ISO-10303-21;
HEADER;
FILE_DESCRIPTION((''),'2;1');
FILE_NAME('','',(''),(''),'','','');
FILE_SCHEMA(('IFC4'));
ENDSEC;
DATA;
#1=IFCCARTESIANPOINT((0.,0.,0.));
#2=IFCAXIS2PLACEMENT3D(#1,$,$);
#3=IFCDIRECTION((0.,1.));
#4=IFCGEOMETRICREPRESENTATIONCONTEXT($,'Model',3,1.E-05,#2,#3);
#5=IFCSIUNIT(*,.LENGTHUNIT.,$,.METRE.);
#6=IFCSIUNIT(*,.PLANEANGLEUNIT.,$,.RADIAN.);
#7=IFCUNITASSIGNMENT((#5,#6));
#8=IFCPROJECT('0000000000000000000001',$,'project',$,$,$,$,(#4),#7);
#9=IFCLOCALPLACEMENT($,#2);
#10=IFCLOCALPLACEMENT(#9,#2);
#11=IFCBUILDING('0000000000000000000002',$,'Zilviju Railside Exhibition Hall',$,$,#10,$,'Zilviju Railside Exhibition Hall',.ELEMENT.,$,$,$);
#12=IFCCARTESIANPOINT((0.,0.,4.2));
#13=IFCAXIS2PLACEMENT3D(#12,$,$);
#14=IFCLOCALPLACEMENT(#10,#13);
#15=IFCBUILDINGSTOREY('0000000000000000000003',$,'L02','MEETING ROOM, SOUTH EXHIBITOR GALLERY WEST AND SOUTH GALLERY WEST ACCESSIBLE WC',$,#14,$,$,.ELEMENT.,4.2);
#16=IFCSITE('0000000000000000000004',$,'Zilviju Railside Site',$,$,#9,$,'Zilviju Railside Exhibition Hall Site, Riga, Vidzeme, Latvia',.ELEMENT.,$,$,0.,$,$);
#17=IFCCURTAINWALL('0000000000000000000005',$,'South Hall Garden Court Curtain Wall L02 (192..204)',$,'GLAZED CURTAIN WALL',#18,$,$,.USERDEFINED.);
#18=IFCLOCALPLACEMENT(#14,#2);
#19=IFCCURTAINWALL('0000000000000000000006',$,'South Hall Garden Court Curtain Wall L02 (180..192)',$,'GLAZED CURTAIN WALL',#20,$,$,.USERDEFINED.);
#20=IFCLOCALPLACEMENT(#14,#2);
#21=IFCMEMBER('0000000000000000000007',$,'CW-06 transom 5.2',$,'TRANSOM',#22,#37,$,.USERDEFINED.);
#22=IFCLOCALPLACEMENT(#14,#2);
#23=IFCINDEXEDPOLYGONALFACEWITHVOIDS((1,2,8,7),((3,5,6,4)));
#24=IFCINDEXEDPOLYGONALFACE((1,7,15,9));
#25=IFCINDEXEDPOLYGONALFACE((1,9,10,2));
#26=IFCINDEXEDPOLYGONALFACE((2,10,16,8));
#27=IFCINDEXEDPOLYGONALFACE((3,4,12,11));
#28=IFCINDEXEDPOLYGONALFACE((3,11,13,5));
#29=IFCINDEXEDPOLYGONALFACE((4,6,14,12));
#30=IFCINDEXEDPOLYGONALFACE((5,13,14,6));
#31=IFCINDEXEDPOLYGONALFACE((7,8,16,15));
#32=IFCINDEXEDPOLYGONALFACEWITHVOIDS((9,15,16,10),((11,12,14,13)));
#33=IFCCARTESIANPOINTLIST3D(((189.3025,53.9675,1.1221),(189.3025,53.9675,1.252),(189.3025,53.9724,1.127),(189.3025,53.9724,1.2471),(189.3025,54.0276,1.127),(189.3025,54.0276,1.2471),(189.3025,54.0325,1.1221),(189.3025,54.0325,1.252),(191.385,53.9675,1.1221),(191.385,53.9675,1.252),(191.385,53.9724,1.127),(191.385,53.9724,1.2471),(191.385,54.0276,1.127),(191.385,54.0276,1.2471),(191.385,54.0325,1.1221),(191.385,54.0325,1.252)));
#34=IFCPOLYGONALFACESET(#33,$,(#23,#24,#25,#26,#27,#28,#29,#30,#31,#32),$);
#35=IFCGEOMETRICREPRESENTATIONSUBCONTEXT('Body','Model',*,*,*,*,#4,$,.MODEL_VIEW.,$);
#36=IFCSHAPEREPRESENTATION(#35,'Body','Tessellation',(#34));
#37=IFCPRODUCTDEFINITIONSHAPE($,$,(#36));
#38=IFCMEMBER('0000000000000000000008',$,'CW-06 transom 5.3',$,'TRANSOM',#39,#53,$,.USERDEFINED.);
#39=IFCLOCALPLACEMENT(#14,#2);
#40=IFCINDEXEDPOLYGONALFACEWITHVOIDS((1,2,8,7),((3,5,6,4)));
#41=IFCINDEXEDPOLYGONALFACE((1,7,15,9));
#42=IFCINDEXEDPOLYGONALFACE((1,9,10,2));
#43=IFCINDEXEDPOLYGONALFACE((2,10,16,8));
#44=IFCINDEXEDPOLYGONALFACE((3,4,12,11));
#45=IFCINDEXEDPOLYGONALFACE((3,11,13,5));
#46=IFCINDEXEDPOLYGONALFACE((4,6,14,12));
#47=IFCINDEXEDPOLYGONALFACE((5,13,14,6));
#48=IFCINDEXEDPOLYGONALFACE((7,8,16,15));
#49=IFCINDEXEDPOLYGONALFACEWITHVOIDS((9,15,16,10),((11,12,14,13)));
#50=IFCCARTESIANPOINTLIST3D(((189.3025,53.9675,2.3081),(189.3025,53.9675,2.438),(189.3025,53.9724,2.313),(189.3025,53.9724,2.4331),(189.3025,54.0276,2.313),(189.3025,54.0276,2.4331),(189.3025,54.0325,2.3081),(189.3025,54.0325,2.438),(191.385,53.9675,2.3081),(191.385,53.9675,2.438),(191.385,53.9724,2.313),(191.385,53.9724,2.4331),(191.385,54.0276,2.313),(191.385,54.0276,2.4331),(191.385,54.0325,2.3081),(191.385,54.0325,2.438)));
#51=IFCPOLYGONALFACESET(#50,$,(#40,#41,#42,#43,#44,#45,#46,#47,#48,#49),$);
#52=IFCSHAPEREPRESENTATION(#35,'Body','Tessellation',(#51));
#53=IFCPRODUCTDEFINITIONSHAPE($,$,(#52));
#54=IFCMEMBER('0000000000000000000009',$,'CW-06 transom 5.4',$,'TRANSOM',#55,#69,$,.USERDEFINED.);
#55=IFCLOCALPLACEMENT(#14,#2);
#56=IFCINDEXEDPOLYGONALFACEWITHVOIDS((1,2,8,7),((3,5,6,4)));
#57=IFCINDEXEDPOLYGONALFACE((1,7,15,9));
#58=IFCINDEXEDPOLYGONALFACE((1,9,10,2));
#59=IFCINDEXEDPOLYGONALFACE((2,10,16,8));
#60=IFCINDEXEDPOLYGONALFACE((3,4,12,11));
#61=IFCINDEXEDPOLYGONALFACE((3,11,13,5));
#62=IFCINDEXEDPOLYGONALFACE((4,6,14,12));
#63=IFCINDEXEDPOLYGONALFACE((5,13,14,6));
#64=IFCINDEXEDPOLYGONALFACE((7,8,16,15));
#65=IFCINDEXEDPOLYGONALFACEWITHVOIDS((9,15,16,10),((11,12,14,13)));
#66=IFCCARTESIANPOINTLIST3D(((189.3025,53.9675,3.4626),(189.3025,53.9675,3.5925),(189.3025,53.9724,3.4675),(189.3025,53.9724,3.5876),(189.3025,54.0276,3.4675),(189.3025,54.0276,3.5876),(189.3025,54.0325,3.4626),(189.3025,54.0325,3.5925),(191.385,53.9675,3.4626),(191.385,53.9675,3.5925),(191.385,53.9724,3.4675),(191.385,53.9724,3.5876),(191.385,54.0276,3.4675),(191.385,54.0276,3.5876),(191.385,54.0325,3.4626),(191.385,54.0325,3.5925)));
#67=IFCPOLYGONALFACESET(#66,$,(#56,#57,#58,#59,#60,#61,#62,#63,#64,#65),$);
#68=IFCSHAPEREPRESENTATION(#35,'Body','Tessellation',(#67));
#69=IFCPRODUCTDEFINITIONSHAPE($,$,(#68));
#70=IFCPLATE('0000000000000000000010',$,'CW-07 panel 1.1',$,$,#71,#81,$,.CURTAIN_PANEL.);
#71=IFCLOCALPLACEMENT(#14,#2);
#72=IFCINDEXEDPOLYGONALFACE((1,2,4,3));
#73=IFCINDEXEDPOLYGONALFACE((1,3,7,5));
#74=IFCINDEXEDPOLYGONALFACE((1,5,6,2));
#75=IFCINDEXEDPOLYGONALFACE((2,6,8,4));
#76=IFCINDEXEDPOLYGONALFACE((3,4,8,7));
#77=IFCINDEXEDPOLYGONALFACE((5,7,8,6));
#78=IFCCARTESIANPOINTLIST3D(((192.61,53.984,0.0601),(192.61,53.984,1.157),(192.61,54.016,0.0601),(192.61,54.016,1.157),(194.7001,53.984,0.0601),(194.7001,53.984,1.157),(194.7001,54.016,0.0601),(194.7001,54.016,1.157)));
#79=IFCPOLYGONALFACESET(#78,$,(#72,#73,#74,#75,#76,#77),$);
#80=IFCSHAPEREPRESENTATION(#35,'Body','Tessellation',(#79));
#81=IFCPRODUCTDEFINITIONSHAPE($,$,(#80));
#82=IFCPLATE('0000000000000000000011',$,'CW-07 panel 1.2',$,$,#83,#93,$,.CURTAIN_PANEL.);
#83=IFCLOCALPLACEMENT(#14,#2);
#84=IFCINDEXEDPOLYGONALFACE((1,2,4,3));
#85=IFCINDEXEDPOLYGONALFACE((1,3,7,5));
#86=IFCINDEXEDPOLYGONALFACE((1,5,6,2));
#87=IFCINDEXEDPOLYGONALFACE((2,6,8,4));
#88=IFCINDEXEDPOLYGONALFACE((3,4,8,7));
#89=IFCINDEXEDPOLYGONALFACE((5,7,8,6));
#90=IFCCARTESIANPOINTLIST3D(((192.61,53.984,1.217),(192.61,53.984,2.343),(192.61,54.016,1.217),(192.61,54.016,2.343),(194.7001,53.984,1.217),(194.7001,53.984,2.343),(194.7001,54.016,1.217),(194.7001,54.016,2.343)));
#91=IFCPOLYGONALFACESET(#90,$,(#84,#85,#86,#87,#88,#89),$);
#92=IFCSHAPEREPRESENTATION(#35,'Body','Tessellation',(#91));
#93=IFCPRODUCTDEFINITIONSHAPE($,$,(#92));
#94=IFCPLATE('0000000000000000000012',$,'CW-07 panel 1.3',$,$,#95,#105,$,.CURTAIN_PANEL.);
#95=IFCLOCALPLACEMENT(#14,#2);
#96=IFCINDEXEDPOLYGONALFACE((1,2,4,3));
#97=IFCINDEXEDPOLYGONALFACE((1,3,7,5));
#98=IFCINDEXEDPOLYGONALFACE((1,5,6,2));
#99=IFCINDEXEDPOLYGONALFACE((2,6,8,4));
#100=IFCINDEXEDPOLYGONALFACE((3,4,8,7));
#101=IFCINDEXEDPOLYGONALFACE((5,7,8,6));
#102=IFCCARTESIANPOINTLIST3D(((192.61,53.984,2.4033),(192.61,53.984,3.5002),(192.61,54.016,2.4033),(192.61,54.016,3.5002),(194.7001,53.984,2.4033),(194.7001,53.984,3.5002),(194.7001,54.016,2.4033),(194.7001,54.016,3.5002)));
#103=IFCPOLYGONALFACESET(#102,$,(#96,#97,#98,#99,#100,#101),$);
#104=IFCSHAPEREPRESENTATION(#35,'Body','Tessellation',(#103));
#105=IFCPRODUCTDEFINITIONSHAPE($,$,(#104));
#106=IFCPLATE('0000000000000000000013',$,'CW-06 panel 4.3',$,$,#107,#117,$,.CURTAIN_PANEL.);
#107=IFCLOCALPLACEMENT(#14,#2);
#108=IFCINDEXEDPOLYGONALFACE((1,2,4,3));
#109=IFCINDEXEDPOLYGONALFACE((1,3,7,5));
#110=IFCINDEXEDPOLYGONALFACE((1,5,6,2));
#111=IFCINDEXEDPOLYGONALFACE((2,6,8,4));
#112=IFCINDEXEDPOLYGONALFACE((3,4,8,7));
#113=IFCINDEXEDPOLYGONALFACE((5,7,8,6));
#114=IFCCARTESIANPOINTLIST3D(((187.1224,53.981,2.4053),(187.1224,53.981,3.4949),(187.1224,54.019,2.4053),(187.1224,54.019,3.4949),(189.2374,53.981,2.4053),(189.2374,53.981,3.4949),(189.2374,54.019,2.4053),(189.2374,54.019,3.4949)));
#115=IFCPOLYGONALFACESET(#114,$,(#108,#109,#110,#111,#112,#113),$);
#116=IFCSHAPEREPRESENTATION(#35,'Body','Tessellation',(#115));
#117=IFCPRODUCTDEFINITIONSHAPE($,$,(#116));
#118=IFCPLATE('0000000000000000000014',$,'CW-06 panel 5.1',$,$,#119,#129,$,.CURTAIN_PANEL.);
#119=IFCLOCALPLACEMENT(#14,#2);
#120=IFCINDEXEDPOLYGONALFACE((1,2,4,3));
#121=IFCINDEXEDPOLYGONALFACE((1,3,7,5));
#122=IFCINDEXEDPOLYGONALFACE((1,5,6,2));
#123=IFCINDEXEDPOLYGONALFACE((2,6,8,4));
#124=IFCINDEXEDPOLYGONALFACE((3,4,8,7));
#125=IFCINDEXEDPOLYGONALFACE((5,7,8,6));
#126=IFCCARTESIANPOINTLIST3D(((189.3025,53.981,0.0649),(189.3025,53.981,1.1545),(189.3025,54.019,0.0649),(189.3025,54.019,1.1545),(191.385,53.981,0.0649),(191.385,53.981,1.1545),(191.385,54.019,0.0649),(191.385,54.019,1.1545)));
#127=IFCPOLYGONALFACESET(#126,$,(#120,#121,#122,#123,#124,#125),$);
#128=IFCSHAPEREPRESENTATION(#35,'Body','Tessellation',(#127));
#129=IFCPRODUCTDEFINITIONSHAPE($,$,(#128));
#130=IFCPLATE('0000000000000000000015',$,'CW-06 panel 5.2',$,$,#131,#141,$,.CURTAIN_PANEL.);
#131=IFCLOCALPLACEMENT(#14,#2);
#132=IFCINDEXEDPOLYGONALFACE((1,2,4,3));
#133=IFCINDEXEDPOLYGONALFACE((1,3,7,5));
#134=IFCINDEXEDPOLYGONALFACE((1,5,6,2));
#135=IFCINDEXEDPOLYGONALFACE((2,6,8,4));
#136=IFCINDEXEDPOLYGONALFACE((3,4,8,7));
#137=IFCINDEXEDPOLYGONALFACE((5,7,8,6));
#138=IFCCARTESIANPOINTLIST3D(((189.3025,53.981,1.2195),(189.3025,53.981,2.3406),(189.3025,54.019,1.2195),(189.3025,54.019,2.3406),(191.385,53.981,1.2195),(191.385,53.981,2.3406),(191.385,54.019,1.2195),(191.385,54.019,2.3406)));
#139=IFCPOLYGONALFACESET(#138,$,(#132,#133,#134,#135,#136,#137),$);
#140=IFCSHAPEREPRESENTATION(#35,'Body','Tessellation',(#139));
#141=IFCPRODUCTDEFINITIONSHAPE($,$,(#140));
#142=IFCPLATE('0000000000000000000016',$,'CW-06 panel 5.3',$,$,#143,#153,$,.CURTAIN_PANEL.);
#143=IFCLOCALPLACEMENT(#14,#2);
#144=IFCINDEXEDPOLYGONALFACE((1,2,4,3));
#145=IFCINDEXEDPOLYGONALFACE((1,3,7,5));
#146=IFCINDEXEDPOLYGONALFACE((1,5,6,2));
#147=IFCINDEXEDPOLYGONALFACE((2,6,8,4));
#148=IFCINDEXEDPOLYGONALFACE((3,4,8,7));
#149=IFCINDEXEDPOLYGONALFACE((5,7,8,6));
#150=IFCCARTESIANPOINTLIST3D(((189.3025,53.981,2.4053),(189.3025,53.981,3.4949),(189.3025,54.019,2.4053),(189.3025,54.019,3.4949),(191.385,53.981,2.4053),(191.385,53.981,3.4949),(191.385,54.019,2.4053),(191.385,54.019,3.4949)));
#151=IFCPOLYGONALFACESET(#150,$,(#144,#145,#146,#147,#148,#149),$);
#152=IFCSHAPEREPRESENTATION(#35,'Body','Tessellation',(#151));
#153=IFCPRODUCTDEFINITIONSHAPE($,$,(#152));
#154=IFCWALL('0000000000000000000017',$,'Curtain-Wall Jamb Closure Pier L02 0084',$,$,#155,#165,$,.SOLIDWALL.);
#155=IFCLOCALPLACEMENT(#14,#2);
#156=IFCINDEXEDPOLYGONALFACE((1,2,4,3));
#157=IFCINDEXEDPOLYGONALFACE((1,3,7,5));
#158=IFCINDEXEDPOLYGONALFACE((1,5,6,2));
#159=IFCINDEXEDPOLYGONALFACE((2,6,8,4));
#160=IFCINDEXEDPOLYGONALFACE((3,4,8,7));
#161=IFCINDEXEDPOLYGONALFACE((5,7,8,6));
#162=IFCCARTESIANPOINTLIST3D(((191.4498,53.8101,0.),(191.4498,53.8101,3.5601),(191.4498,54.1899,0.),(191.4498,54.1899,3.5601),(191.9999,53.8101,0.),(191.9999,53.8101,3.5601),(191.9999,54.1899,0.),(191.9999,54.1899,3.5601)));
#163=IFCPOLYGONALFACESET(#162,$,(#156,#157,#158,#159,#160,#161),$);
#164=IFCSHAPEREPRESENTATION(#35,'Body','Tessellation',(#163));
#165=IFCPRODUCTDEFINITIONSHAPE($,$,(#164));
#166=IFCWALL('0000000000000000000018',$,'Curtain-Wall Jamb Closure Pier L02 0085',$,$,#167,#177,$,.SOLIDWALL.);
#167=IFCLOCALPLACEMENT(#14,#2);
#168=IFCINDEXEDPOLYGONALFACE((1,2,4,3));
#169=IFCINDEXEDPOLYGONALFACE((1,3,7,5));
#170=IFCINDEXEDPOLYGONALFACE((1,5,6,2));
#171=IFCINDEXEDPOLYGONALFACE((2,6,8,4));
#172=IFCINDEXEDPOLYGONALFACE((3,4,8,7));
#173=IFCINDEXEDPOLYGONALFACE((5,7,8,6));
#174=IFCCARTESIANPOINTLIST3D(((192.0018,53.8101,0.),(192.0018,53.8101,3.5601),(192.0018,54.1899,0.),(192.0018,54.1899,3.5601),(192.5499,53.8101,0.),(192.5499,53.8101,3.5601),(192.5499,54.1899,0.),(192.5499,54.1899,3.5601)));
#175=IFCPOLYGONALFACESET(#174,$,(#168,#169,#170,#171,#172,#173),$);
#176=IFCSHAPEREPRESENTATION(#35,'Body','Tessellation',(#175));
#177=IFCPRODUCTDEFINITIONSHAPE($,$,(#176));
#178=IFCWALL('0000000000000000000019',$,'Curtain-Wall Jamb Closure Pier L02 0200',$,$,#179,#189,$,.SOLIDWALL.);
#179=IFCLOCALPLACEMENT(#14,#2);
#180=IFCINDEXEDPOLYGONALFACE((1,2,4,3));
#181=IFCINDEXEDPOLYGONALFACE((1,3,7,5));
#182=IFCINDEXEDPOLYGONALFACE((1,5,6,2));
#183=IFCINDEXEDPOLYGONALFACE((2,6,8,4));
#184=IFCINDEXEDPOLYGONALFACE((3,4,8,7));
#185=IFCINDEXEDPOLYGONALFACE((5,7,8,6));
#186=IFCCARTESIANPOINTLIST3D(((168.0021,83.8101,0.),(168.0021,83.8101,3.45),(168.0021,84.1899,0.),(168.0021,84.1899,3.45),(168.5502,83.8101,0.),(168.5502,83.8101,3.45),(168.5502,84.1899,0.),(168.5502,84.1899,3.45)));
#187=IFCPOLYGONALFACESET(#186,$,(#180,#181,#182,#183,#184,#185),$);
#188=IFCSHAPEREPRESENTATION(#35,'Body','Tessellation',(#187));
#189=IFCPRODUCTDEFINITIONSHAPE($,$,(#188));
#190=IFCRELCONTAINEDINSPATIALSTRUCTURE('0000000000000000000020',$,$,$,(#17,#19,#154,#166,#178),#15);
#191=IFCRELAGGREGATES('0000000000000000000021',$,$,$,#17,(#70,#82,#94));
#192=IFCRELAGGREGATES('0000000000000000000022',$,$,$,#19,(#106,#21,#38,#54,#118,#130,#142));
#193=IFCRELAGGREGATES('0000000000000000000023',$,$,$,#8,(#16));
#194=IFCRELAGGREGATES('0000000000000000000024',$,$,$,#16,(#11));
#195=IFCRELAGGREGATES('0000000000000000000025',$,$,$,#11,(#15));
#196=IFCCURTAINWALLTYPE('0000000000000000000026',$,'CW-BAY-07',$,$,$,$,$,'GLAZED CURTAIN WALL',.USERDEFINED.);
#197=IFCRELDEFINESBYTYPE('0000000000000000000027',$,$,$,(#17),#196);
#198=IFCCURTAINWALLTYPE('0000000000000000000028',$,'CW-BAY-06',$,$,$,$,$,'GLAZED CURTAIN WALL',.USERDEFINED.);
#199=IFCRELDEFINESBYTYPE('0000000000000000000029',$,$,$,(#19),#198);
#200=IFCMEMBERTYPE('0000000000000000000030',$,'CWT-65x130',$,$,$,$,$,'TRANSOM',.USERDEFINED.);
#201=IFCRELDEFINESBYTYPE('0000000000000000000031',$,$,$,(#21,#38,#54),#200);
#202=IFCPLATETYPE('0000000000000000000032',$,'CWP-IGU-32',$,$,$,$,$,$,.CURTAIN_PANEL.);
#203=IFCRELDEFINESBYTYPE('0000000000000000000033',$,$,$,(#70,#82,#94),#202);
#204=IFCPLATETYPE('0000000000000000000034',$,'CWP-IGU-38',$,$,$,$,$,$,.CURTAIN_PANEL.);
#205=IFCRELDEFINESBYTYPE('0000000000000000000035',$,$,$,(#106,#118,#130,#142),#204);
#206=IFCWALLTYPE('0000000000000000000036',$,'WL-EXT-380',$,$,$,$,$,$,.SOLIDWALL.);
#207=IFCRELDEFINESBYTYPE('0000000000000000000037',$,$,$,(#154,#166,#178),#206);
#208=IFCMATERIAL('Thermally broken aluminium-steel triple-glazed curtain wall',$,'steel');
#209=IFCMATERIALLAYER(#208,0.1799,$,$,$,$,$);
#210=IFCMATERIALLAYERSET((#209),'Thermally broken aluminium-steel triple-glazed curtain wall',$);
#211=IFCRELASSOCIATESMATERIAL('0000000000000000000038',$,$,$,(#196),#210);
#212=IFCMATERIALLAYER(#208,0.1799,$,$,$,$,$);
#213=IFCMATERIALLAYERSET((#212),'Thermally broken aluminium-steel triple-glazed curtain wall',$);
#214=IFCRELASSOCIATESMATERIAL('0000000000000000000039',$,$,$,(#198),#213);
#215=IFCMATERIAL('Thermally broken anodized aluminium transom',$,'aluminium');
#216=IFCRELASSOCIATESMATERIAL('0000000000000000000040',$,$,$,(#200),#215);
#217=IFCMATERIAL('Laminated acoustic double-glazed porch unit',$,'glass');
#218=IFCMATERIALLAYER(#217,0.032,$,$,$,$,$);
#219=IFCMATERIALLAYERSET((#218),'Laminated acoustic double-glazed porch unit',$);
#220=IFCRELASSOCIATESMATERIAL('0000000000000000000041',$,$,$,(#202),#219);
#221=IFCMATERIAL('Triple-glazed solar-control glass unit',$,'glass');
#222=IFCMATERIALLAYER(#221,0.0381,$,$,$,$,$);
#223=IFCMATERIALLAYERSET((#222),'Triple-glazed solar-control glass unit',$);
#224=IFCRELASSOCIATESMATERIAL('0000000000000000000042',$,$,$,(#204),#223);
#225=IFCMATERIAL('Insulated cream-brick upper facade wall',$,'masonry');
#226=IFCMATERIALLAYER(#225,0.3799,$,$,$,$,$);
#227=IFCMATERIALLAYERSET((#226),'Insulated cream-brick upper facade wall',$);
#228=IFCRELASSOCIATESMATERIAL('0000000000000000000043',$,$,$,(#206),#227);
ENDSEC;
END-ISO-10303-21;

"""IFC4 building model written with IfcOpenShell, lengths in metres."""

from ifc_helpers import new_model, si_unit, direction, frame, frame_2d, origin, origin_2d, place, context, subcontext, project, spatial, rectangle, hollow_rectangle, extrude, material, layer, layer_set, material_profile, profile_set, type_object, element, aggregate, save


model = new_model("IFC4")

# Units and contexts
model_context = context("Model", 3, precision=1e-05, world=origin(), true_north=direction((0.0, 1.0)))
body_context = subcontext(model_context, "Body", "Model", "MODEL_VIEW")
ifc_project = project(units=[si_unit("LENGTHUNIT", "METRE"), si_unit("PLANEANGLEUNIT", "RADIAN")], contexts=[model_context])

# Site, building, storey
site_placement = place(None, origin())
site = spatial("IfcSite", under=ifc_project, at=site_placement, Name="Zilviju Railside Site", LongName="Zilviju Railside Exhibition Hall Site, Riga, Vidzeme, Latvia", CompositionType="ELEMENT", RefElevation=0.0)
building_placement = place(site_placement, origin())
building = spatial("IfcBuilding", under=site, at=building_placement, Name="Zilviju Railside Exhibition Hall", LongName="Zilviju Railside Exhibition Hall", CompositionType="ELEMENT")
storey_placement = place(building_placement, frame((0.0, 0.0, 4.2)))
storey = spatial("IfcBuildingStorey", under=building, at=storey_placement, Name="L02", Description="MEETING ROOM, SOUTH EXHIBITOR GALLERY WEST AND SOUTH GALLERY WEST ACCESSIBLE WC", CompositionType="ELEMENT", Elevation=4.2)

# Curtain wall
ifc_material_1 = material(Name="Thermally broken aluminium-steel triple-glazed curtain wall", Category="steel")
ifc_layer_1 = layer(ifc_material_1, 0.1799)
ifc_layer_set_1 = layer_set([ifc_layer_1], Name="Thermally broken aluminium-steel triple-glazed curtain wall")
curtain_wall_type_1 = type_object("IfcCurtainWallType", Name="CW-BAY-07", ElementType="GLAZED CURTAIN WALL", PredefinedType="USERDEFINED", material=ifc_layer_set_1)
curtain_wall_1_placement = place(storey_placement, origin())
curtain_wall_1 = element("IfcCurtainWall", 1, at=curtain_wall_1_placement, inside=storey, type_object=curtain_wall_type_1, Name="South Hall Garden Court Curtain Wall L02 (192..204)", ObjectType="GLAZED CURTAIN WALL", PredefinedType="USERDEFINED")

# Curtain wall
ifc_layer_2 = layer(ifc_material_1, 0.1799)
ifc_layer_set_2 = layer_set([ifc_layer_2], Name="Thermally broken aluminium-steel triple-glazed curtain wall")
curtain_wall_type_2 = type_object("IfcCurtainWallType", Name="CW-BAY-06", ElementType="GLAZED CURTAIN WALL", PredefinedType="USERDEFINED", material=ifc_layer_set_2)
curtain_wall_2_placement = place(storey_placement, origin())
curtain_wall_2 = element("IfcCurtainWall", 2, at=curtain_wall_2_placement, inside=storey, type_object=curtain_wall_type_2, Name="South Hall Garden Court Curtain Wall L02 (180..192)", ObjectType="GLAZED CURTAIN WALL", PredefinedType="USERDEFINED")

# Members
ifc_material_2 = material(Name="Thermally broken anodized aluminium transom", Category="aluminium")
ifc_material_profile_1 = material_profile(ifc_material_2, hollow_rectangle(XDim=0.0649, YDim=0.1299, WallThickness=0.0049, at=origin_2d()), Name="TRANSOM 130x65x5")
ifc_profile_set_1 = profile_set([ifc_material_profile_1], Name="Thermally broken anodized aluminium transom")
member_type_1 = type_object("IfcMemberType", Name="CWT-65x130", ElementType="TRANSOM", PredefinedType="USERDEFINED", material=ifc_profile_set_1)
member_1_placement = place(storey_placement, frame((189.3025, 54.0, 1.187), z_axis=(1.0, 0.0, 0.0), x_axis=(0.0, 1.0, 0.0)))
member_1 = element("IfcMember", 3, at=member_1_placement, type_object=member_type_1, Name="CW-06 transom 5.2", ObjectType="TRANSOM", PredefinedType="USERDEFINED", context=body_context, shape_type="SweptSolid", body=[
    extrude(hollow_rectangle(XDim=0.0649, YDim=0.1299, WallThickness=0.0049, at=origin_2d()), origin(), (0.0, 0.0, 1.0), 2.0825),
])
member_2_placement = place(storey_placement, frame((189.3025, 54.0, 2.373), z_axis=(1.0, 0.0, 0.0), x_axis=(0.0, 1.0, 0.0)))
member_2 = element("IfcMember", 4, at=member_2_placement, type_object=member_type_1, Name="CW-06 transom 5.3", ObjectType="TRANSOM", PredefinedType="USERDEFINED", context=body_context, shape_type="SweptSolid", body=[
    extrude(hollow_rectangle(XDim=0.0649, YDim=0.1299, WallThickness=0.0049, at=origin_2d()), origin(), (0.0, 0.0, 1.0), 2.0825),
])
member_3_placement = place(storey_placement, frame((189.3025, 54.0, 3.5276), z_axis=(1.0, 0.0, 0.0), x_axis=(0.0, 1.0, 0.0)))
member_3 = element("IfcMember", 5, at=member_3_placement, type_object=member_type_1, Name="CW-06 transom 5.4", ObjectType="TRANSOM", PredefinedType="USERDEFINED", context=body_context, shape_type="SweptSolid", body=[
    extrude(hollow_rectangle(XDim=0.0649, YDim=0.1299, WallThickness=0.0049, at=origin_2d()), origin(), (0.0, 0.0, 1.0), 2.0825),
])

# Plates
ifc_material_3 = material(Name="Laminated acoustic double-glazed porch unit", Category="glass")
ifc_layer_3 = layer(ifc_material_3, 0.032)
ifc_layer_set_3 = layer_set([ifc_layer_3], Name="Laminated acoustic double-glazed porch unit")
plate_type_1 = type_object("IfcPlateType", Name="CWP-IGU-32", PredefinedType="CURTAIN_PANEL", material=ifc_layer_set_3)
plate_1_placement = place(storey_placement, frame((193.655, 54.0, 0.0601), z_axis=(0.0, 0.0, 1.0), x_axis=(1.0, 0.0, 0.0)))
plate_1 = element("IfcPlate", 6, at=plate_1_placement, type_object=plate_type_1, Name="CW-07 panel 1.1", PredefinedType="CURTAIN_PANEL", context=body_context, shape_type="SweptSolid", body=[
    extrude(rectangle(XDim=2.0901, YDim=0.032, at=origin_2d()), origin(), (0.0, 0.0, 1.0), 1.0969),
])
plate_2_placement = place(storey_placement, frame((193.655, 54.0, 1.217), z_axis=(0.0, 0.0, 1.0), x_axis=(1.0, 0.0, 0.0)))
plate_2 = element("IfcPlate", 7, at=plate_2_placement, type_object=plate_type_1, Name="CW-07 panel 1.2", PredefinedType="CURTAIN_PANEL", context=body_context, shape_type="SweptSolid", body=[
    extrude(rectangle(XDim=2.0901, YDim=0.032, at=origin_2d()), origin(), (0.0, 0.0, 1.0), 1.126),
])
plate_3_placement = place(storey_placement, frame((193.655, 54.0, 2.4033), z_axis=(0.0, 0.0, 1.0), x_axis=(1.0, 0.0, 0.0)))
plate_3 = element("IfcPlate", 8, at=plate_3_placement, type_object=plate_type_1, Name="CW-07 panel 1.3", PredefinedType="CURTAIN_PANEL", context=body_context, shape_type="SweptSolid", body=[
    extrude(rectangle(XDim=2.0901, YDim=0.032, at=origin_2d()), origin(), (0.0, 0.0, 1.0), 1.0969),
])
aggregate(curtain_wall_1, [plate_1, plate_2, plate_3])
ifc_material_4 = material(Name="Triple-glazed solar-control glass unit", Category="glass")
ifc_layer_4 = layer(ifc_material_4, 0.0381)
ifc_layer_set_4 = layer_set([ifc_layer_4], Name="Triple-glazed solar-control glass unit")
plate_type_2 = type_object("IfcPlateType", Name="CWP-IGU-38", PredefinedType="CURTAIN_PANEL", material=ifc_layer_set_4)
plate_4_placement = place(storey_placement, frame((188.1799, 54.0, 2.4053), z_axis=(0.0, 0.0, 1.0), x_axis=(1.0, 0.0, 0.0)))
plate_4 = element("IfcPlate", 9, at=plate_4_placement, type_object=plate_type_2, Name="CW-06 panel 4.3", PredefinedType="CURTAIN_PANEL", context=body_context, shape_type="SweptSolid", body=[
    extrude(rectangle(XDim=2.115, YDim=0.0381, at=origin_2d()), origin(), (0.0, 0.0, 1.0), 1.0896),
])
plate_5_placement = place(storey_placement, frame((190.3438, 54.0, 0.0649), z_axis=(0.0, 0.0, 1.0), x_axis=(1.0, 0.0, 0.0)))
plate_5 = element("IfcPlate", 10, at=plate_5_placement, type_object=plate_type_2, Name="CW-06 panel 5.1", PredefinedType="CURTAIN_PANEL", context=body_context, shape_type="SweptSolid", body=[
    extrude(rectangle(XDim=2.0825, YDim=0.0381, at=origin_2d()), origin(), (0.0, 0.0, 1.0), 1.0896),
])
plate_6_placement = place(storey_placement, frame((190.3438, 54.0, 1.2195), z_axis=(0.0, 0.0, 1.0), x_axis=(1.0, 0.0, 0.0)))
plate_6 = element("IfcPlate", 11, at=plate_6_placement, type_object=plate_type_2, Name="CW-06 panel 5.2", PredefinedType="CURTAIN_PANEL", context=body_context, shape_type="SweptSolid", body=[
    extrude(rectangle(XDim=2.0825, YDim=0.0381, at=origin_2d()), origin(), (0.0, 0.0, 1.0), 1.1211),
])
plate_7_placement = place(storey_placement, frame((190.3438, 54.0, 2.4053), z_axis=(0.0, 0.0, 1.0), x_axis=(1.0, 0.0, 0.0)))
plate_7 = element("IfcPlate", 12, at=plate_7_placement, type_object=plate_type_2, Name="CW-06 panel 5.3", PredefinedType="CURTAIN_PANEL", context=body_context, shape_type="SweptSolid", body=[
    extrude(rectangle(XDim=2.0825, YDim=0.0381, at=origin_2d()), origin(), (0.0, 0.0, 1.0), 1.0896),
])
aggregate(curtain_wall_2, [plate_4, member_1, member_2, member_3, plate_5, plate_6, plate_7])

# Walls
ifc_material_5 = material(Name="Insulated cream-brick upper facade wall", Category="masonry")
ifc_layer_5 = layer(ifc_material_5, 0.3799)
ifc_layer_set_5 = layer_set([ifc_layer_5], Name="Insulated cream-brick upper facade wall")
wall_type = type_object("IfcWallType", Name="WL-EXT-380", PredefinedType="SOLIDWALL", material=ifc_layer_set_5)
wall_1_placement = place(storey_placement, frame((191.45, 54.0, 0.0), z_axis=(0.0, 0.0, 1.0), x_axis=(1.0, 0.0, 0.0)))
element("IfcWall", 13, at=wall_1_placement, inside=storey, type_object=wall_type, Name="Curtain-Wall Jamb Closure Pier L02 0084", PredefinedType="SOLIDWALL", context=body_context, shape_type="SweptSolid", body=[
    extrude(rectangle(XDim=0.55, YDim=0.3799, at=frame_2d((0.2749, 0.0))), origin(), (0.0, 0.0, 1.0), 3.5601),
])
wall_2_placement = place(storey_placement, frame((192.002, 54.0, 0.0), z_axis=(0.0, 0.0, 1.0), x_axis=(1.0, 0.0, 0.0)))
element("IfcWall", 14, at=wall_2_placement, inside=storey, type_object=wall_type, Name="Curtain-Wall Jamb Closure Pier L02 0085", PredefinedType="SOLIDWALL", context=body_context, shape_type="SweptSolid", body=[
    extrude(rectangle(XDim=0.5481, YDim=0.3799, at=frame_2d((0.2739, 0.0))), origin(), (0.0, 0.0, 1.0), 3.5601),
])
wall_3_placement = place(storey_placement, frame((168.55, 84.0, 0.0), z_axis=(0.0, 0.0, 1.0), x_axis=(-1.0, 0.0, 0.0)))
element("IfcWall", 15, at=wall_3_placement, inside=storey, type_object=wall_type, Name="Curtain-Wall Jamb Closure Pier L02 0200", PredefinedType="SOLIDWALL", context=body_context, shape_type="SweptSolid", body=[
    extrude(rectangle(XDim=0.5481, YDim=0.3799, at=frame_2d((0.2739, 0.0))), origin(), (0.0, 0.0, 1.0), 3.45),
])

save(model, "model.ifc")
